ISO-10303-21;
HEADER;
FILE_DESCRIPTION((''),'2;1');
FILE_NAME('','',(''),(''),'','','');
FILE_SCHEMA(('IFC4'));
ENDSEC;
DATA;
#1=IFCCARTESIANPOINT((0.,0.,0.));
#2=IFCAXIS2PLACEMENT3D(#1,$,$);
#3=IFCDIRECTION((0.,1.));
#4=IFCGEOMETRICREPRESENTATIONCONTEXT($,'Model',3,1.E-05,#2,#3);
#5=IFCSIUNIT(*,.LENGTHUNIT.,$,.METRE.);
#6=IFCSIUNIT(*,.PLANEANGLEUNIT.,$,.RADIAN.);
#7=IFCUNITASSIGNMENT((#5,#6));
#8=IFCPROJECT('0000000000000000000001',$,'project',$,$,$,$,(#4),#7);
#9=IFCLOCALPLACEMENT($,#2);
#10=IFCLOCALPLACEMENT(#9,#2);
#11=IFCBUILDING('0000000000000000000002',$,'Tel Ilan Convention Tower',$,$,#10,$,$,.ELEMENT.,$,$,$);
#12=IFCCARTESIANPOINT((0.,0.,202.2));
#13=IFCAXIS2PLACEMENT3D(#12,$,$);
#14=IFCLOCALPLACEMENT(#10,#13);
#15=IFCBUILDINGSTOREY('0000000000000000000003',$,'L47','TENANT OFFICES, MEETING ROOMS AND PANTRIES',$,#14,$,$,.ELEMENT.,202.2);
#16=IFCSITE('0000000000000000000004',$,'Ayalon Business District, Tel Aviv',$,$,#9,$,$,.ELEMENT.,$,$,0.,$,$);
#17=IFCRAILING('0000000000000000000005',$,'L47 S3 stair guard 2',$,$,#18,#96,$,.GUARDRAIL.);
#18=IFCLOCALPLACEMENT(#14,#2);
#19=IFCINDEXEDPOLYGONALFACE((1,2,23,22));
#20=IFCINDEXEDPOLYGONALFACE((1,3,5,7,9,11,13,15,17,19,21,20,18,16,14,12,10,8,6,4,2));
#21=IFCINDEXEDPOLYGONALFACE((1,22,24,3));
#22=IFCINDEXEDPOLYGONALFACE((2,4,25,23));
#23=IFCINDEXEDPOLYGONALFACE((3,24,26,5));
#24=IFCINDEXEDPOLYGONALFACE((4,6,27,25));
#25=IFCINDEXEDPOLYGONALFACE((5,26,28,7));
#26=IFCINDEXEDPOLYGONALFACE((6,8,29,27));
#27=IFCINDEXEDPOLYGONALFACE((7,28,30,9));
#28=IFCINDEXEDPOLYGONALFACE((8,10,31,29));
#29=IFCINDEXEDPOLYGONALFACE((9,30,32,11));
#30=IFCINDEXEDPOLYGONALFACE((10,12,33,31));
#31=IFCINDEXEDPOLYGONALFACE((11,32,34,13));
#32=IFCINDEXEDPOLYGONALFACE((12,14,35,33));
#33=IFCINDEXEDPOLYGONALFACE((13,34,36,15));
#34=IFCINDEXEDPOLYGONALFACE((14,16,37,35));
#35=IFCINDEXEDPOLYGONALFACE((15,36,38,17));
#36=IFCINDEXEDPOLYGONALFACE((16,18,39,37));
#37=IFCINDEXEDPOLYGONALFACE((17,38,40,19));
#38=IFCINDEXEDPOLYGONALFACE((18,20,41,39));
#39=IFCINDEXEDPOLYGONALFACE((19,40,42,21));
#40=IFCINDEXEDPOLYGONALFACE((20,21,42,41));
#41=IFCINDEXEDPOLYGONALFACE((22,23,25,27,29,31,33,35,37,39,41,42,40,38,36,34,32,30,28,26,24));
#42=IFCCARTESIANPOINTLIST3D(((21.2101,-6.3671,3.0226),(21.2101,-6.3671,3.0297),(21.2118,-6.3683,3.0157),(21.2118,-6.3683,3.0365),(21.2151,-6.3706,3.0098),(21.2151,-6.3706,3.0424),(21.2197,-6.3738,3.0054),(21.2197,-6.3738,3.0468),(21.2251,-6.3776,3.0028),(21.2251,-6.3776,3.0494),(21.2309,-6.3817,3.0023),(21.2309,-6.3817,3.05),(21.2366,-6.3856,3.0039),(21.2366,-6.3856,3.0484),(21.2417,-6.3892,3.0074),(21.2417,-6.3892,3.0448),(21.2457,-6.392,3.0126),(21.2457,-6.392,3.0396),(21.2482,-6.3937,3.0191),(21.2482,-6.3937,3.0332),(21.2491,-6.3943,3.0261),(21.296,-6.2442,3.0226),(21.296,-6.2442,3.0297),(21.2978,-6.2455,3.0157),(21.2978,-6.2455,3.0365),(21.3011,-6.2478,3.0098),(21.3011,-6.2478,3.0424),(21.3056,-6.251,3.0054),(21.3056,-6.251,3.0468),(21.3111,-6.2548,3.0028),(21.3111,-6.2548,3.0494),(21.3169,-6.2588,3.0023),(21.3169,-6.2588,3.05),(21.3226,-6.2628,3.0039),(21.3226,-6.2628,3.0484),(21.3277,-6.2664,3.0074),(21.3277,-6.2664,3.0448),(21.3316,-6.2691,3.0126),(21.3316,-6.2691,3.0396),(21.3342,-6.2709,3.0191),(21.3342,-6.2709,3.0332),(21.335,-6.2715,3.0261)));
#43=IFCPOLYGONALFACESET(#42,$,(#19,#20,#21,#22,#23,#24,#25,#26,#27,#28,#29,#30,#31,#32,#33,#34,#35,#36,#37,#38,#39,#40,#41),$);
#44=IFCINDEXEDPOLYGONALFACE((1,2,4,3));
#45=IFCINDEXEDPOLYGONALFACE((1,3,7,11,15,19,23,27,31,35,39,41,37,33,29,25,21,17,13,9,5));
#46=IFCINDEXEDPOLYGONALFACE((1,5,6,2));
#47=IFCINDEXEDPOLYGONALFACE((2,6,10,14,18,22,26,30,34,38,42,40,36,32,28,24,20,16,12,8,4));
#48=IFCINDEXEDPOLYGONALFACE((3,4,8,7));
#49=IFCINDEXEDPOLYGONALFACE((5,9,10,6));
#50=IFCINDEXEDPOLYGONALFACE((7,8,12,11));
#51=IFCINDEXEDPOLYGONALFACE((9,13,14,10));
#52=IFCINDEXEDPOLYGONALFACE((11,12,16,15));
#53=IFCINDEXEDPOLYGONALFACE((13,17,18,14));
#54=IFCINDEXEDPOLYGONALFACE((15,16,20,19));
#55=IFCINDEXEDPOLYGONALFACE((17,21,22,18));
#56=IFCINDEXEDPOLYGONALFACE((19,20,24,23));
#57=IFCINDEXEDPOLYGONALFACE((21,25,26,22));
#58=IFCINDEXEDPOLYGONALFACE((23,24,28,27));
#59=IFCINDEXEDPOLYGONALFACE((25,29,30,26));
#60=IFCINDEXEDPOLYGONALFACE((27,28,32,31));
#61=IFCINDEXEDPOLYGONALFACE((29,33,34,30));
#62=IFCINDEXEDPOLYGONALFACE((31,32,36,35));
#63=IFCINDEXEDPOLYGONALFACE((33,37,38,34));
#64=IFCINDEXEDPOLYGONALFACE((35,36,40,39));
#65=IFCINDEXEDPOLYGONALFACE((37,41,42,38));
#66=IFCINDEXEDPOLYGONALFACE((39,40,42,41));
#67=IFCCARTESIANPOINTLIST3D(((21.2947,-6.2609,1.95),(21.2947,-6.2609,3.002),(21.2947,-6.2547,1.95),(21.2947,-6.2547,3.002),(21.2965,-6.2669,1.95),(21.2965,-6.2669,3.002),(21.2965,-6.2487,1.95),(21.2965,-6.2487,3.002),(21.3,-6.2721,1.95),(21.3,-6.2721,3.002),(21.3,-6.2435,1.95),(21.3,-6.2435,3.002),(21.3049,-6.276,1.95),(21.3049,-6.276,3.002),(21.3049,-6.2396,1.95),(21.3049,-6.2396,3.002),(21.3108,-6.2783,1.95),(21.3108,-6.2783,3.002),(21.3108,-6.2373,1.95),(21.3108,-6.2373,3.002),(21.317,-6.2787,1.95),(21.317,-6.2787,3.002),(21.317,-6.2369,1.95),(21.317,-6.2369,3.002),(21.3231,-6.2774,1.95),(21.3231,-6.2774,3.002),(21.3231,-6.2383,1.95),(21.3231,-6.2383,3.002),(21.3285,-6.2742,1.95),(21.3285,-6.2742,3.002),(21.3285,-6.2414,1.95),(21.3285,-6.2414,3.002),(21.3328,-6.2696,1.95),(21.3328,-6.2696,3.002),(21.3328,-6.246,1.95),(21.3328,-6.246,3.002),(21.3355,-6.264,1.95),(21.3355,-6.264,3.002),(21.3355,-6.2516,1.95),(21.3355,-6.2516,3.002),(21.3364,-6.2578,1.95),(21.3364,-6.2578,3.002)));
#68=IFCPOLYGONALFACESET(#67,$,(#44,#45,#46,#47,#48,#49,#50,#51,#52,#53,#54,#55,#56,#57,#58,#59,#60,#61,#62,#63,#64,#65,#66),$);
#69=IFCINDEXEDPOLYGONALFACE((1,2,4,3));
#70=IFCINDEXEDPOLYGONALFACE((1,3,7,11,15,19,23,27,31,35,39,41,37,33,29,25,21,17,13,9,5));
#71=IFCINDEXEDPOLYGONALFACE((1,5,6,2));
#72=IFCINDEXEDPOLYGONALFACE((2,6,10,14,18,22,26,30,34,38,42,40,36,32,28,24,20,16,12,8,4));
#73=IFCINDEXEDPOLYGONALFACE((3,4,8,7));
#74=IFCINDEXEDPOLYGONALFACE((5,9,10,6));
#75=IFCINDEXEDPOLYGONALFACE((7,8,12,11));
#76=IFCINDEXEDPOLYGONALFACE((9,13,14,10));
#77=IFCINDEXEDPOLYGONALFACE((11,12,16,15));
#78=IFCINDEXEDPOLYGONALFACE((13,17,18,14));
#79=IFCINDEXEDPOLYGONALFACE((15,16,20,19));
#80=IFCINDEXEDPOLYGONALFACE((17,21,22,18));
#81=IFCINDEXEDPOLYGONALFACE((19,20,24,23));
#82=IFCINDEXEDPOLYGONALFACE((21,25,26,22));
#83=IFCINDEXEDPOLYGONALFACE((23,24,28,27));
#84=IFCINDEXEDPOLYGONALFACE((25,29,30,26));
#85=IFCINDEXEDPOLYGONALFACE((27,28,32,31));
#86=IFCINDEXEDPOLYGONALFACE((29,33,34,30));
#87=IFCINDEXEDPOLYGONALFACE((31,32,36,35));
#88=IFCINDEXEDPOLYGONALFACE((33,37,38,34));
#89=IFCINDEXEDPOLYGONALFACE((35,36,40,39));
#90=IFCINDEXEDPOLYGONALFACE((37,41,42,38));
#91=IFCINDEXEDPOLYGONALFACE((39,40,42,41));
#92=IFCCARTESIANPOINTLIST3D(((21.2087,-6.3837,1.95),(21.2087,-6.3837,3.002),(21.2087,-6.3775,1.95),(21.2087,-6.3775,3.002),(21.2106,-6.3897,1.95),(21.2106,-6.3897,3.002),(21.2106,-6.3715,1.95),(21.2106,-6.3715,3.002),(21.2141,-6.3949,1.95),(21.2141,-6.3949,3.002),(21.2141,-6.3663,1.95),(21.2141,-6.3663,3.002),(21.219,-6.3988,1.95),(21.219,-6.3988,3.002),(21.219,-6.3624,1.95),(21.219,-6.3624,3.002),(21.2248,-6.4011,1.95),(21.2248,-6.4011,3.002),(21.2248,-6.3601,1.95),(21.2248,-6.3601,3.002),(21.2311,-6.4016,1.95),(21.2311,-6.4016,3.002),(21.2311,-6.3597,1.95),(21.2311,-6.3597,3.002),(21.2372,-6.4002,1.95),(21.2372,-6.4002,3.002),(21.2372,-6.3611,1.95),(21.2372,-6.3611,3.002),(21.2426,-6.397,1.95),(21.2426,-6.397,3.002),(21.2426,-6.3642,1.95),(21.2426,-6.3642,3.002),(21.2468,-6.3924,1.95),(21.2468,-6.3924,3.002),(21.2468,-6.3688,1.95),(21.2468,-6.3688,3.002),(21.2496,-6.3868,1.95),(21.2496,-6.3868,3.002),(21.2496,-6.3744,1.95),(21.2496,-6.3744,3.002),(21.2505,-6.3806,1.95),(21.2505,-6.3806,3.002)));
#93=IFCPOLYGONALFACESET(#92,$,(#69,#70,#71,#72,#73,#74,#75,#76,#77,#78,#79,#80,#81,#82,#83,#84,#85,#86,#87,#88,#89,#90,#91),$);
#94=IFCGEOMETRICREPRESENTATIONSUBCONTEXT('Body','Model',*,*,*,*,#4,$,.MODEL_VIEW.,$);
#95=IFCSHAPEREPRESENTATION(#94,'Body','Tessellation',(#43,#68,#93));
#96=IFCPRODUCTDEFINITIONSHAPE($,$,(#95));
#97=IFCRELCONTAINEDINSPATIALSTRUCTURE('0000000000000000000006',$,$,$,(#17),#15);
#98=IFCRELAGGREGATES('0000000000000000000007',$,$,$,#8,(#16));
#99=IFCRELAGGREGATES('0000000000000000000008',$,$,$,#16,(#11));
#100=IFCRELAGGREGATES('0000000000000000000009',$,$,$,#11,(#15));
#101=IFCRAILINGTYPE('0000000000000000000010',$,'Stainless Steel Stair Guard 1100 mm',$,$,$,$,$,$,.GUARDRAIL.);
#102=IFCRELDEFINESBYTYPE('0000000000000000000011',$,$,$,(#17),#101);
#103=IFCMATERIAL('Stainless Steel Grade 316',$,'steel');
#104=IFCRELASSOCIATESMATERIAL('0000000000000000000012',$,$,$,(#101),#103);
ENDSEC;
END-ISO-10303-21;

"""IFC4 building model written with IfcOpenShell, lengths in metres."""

from ifc_helpers import new_model, si_unit, direction, frame, origin, origin_2d, place, context, subcontext, project, spatial, circle, extrude, material, type_object, element, save


model = new_model("IFC4")

# Units and contexts
model_context = context("Model", 3, precision=1e-05, world=origin(), true_north=direction((0.0, 1.0)))
body_context = subcontext(model_context, "Body", "Model", "MODEL_VIEW")
ifc_project = project(units=[si_unit("LENGTHUNIT", "METRE"), si_unit("PLANEANGLEUNIT", "RADIAN")], contexts=[model_context])

# Site, building, storey
site_placement = place(None, origin())
site = spatial("IfcSite", under=ifc_project, at=site_placement, Name="Ayalon Business District, Tel Aviv", CompositionType="ELEMENT", RefElevation=0.0)
building_placement = place(site_placement, origin())
building = spatial("IfcBuilding", under=site, at=building_placement, Name="Tel Ilan Convention Tower", CompositionType="ELEMENT")
storey_placement = place(building_placement, frame((0.0, 0.0, 202.2)))
storey = spatial("IfcBuildingStorey", under=building, at=storey_placement, Name="L47", Description="TENANT OFFICES, MEETING ROOMS AND PANTRIES", CompositionType="ELEMENT", Elevation=202.2)

# Railing
ifc_material_1 = material(Name="Stainless Steel Grade 316", Category="steel")
railing_type_1 = type_object("IfcRailingType", Name="Stainless Steel Stair Guard 1100 mm", PredefinedType="GUARDRAIL", material=ifc_material_1)
railing_1_placement = place(storey_placement, frame((21.3154, -6.2578, 1.95)))
element("IfcRailing", 1, at=railing_1_placement, inside=storey, type_object=railing_type_1, Name="L47 S3 stair guard 2", PredefinedType="GUARDRAIL", context=body_context, shape_type="SweptSolid", body=[
    extrude(circle(Radius=0.0239, at=origin_2d()), frame((0.0, 0.0, 1.0762), z_axis=(-0.573353, -0.819308, 0.0), x_axis=(0.819308, -0.573353, 0.0)), (0.0, 0.0, 1.0), 0.1499),
    extrude(circle(Radius=0.021, at=origin_2d()), origin(), (0.0, 0.0, 1.0), 1.052),
    extrude(circle(Radius=0.021, at=origin_2d()), frame((-0.0859, -0.1228, 0.0)), (0.0, 0.0, 1.0), 1.052),
])

save(model, "model.ifc")
